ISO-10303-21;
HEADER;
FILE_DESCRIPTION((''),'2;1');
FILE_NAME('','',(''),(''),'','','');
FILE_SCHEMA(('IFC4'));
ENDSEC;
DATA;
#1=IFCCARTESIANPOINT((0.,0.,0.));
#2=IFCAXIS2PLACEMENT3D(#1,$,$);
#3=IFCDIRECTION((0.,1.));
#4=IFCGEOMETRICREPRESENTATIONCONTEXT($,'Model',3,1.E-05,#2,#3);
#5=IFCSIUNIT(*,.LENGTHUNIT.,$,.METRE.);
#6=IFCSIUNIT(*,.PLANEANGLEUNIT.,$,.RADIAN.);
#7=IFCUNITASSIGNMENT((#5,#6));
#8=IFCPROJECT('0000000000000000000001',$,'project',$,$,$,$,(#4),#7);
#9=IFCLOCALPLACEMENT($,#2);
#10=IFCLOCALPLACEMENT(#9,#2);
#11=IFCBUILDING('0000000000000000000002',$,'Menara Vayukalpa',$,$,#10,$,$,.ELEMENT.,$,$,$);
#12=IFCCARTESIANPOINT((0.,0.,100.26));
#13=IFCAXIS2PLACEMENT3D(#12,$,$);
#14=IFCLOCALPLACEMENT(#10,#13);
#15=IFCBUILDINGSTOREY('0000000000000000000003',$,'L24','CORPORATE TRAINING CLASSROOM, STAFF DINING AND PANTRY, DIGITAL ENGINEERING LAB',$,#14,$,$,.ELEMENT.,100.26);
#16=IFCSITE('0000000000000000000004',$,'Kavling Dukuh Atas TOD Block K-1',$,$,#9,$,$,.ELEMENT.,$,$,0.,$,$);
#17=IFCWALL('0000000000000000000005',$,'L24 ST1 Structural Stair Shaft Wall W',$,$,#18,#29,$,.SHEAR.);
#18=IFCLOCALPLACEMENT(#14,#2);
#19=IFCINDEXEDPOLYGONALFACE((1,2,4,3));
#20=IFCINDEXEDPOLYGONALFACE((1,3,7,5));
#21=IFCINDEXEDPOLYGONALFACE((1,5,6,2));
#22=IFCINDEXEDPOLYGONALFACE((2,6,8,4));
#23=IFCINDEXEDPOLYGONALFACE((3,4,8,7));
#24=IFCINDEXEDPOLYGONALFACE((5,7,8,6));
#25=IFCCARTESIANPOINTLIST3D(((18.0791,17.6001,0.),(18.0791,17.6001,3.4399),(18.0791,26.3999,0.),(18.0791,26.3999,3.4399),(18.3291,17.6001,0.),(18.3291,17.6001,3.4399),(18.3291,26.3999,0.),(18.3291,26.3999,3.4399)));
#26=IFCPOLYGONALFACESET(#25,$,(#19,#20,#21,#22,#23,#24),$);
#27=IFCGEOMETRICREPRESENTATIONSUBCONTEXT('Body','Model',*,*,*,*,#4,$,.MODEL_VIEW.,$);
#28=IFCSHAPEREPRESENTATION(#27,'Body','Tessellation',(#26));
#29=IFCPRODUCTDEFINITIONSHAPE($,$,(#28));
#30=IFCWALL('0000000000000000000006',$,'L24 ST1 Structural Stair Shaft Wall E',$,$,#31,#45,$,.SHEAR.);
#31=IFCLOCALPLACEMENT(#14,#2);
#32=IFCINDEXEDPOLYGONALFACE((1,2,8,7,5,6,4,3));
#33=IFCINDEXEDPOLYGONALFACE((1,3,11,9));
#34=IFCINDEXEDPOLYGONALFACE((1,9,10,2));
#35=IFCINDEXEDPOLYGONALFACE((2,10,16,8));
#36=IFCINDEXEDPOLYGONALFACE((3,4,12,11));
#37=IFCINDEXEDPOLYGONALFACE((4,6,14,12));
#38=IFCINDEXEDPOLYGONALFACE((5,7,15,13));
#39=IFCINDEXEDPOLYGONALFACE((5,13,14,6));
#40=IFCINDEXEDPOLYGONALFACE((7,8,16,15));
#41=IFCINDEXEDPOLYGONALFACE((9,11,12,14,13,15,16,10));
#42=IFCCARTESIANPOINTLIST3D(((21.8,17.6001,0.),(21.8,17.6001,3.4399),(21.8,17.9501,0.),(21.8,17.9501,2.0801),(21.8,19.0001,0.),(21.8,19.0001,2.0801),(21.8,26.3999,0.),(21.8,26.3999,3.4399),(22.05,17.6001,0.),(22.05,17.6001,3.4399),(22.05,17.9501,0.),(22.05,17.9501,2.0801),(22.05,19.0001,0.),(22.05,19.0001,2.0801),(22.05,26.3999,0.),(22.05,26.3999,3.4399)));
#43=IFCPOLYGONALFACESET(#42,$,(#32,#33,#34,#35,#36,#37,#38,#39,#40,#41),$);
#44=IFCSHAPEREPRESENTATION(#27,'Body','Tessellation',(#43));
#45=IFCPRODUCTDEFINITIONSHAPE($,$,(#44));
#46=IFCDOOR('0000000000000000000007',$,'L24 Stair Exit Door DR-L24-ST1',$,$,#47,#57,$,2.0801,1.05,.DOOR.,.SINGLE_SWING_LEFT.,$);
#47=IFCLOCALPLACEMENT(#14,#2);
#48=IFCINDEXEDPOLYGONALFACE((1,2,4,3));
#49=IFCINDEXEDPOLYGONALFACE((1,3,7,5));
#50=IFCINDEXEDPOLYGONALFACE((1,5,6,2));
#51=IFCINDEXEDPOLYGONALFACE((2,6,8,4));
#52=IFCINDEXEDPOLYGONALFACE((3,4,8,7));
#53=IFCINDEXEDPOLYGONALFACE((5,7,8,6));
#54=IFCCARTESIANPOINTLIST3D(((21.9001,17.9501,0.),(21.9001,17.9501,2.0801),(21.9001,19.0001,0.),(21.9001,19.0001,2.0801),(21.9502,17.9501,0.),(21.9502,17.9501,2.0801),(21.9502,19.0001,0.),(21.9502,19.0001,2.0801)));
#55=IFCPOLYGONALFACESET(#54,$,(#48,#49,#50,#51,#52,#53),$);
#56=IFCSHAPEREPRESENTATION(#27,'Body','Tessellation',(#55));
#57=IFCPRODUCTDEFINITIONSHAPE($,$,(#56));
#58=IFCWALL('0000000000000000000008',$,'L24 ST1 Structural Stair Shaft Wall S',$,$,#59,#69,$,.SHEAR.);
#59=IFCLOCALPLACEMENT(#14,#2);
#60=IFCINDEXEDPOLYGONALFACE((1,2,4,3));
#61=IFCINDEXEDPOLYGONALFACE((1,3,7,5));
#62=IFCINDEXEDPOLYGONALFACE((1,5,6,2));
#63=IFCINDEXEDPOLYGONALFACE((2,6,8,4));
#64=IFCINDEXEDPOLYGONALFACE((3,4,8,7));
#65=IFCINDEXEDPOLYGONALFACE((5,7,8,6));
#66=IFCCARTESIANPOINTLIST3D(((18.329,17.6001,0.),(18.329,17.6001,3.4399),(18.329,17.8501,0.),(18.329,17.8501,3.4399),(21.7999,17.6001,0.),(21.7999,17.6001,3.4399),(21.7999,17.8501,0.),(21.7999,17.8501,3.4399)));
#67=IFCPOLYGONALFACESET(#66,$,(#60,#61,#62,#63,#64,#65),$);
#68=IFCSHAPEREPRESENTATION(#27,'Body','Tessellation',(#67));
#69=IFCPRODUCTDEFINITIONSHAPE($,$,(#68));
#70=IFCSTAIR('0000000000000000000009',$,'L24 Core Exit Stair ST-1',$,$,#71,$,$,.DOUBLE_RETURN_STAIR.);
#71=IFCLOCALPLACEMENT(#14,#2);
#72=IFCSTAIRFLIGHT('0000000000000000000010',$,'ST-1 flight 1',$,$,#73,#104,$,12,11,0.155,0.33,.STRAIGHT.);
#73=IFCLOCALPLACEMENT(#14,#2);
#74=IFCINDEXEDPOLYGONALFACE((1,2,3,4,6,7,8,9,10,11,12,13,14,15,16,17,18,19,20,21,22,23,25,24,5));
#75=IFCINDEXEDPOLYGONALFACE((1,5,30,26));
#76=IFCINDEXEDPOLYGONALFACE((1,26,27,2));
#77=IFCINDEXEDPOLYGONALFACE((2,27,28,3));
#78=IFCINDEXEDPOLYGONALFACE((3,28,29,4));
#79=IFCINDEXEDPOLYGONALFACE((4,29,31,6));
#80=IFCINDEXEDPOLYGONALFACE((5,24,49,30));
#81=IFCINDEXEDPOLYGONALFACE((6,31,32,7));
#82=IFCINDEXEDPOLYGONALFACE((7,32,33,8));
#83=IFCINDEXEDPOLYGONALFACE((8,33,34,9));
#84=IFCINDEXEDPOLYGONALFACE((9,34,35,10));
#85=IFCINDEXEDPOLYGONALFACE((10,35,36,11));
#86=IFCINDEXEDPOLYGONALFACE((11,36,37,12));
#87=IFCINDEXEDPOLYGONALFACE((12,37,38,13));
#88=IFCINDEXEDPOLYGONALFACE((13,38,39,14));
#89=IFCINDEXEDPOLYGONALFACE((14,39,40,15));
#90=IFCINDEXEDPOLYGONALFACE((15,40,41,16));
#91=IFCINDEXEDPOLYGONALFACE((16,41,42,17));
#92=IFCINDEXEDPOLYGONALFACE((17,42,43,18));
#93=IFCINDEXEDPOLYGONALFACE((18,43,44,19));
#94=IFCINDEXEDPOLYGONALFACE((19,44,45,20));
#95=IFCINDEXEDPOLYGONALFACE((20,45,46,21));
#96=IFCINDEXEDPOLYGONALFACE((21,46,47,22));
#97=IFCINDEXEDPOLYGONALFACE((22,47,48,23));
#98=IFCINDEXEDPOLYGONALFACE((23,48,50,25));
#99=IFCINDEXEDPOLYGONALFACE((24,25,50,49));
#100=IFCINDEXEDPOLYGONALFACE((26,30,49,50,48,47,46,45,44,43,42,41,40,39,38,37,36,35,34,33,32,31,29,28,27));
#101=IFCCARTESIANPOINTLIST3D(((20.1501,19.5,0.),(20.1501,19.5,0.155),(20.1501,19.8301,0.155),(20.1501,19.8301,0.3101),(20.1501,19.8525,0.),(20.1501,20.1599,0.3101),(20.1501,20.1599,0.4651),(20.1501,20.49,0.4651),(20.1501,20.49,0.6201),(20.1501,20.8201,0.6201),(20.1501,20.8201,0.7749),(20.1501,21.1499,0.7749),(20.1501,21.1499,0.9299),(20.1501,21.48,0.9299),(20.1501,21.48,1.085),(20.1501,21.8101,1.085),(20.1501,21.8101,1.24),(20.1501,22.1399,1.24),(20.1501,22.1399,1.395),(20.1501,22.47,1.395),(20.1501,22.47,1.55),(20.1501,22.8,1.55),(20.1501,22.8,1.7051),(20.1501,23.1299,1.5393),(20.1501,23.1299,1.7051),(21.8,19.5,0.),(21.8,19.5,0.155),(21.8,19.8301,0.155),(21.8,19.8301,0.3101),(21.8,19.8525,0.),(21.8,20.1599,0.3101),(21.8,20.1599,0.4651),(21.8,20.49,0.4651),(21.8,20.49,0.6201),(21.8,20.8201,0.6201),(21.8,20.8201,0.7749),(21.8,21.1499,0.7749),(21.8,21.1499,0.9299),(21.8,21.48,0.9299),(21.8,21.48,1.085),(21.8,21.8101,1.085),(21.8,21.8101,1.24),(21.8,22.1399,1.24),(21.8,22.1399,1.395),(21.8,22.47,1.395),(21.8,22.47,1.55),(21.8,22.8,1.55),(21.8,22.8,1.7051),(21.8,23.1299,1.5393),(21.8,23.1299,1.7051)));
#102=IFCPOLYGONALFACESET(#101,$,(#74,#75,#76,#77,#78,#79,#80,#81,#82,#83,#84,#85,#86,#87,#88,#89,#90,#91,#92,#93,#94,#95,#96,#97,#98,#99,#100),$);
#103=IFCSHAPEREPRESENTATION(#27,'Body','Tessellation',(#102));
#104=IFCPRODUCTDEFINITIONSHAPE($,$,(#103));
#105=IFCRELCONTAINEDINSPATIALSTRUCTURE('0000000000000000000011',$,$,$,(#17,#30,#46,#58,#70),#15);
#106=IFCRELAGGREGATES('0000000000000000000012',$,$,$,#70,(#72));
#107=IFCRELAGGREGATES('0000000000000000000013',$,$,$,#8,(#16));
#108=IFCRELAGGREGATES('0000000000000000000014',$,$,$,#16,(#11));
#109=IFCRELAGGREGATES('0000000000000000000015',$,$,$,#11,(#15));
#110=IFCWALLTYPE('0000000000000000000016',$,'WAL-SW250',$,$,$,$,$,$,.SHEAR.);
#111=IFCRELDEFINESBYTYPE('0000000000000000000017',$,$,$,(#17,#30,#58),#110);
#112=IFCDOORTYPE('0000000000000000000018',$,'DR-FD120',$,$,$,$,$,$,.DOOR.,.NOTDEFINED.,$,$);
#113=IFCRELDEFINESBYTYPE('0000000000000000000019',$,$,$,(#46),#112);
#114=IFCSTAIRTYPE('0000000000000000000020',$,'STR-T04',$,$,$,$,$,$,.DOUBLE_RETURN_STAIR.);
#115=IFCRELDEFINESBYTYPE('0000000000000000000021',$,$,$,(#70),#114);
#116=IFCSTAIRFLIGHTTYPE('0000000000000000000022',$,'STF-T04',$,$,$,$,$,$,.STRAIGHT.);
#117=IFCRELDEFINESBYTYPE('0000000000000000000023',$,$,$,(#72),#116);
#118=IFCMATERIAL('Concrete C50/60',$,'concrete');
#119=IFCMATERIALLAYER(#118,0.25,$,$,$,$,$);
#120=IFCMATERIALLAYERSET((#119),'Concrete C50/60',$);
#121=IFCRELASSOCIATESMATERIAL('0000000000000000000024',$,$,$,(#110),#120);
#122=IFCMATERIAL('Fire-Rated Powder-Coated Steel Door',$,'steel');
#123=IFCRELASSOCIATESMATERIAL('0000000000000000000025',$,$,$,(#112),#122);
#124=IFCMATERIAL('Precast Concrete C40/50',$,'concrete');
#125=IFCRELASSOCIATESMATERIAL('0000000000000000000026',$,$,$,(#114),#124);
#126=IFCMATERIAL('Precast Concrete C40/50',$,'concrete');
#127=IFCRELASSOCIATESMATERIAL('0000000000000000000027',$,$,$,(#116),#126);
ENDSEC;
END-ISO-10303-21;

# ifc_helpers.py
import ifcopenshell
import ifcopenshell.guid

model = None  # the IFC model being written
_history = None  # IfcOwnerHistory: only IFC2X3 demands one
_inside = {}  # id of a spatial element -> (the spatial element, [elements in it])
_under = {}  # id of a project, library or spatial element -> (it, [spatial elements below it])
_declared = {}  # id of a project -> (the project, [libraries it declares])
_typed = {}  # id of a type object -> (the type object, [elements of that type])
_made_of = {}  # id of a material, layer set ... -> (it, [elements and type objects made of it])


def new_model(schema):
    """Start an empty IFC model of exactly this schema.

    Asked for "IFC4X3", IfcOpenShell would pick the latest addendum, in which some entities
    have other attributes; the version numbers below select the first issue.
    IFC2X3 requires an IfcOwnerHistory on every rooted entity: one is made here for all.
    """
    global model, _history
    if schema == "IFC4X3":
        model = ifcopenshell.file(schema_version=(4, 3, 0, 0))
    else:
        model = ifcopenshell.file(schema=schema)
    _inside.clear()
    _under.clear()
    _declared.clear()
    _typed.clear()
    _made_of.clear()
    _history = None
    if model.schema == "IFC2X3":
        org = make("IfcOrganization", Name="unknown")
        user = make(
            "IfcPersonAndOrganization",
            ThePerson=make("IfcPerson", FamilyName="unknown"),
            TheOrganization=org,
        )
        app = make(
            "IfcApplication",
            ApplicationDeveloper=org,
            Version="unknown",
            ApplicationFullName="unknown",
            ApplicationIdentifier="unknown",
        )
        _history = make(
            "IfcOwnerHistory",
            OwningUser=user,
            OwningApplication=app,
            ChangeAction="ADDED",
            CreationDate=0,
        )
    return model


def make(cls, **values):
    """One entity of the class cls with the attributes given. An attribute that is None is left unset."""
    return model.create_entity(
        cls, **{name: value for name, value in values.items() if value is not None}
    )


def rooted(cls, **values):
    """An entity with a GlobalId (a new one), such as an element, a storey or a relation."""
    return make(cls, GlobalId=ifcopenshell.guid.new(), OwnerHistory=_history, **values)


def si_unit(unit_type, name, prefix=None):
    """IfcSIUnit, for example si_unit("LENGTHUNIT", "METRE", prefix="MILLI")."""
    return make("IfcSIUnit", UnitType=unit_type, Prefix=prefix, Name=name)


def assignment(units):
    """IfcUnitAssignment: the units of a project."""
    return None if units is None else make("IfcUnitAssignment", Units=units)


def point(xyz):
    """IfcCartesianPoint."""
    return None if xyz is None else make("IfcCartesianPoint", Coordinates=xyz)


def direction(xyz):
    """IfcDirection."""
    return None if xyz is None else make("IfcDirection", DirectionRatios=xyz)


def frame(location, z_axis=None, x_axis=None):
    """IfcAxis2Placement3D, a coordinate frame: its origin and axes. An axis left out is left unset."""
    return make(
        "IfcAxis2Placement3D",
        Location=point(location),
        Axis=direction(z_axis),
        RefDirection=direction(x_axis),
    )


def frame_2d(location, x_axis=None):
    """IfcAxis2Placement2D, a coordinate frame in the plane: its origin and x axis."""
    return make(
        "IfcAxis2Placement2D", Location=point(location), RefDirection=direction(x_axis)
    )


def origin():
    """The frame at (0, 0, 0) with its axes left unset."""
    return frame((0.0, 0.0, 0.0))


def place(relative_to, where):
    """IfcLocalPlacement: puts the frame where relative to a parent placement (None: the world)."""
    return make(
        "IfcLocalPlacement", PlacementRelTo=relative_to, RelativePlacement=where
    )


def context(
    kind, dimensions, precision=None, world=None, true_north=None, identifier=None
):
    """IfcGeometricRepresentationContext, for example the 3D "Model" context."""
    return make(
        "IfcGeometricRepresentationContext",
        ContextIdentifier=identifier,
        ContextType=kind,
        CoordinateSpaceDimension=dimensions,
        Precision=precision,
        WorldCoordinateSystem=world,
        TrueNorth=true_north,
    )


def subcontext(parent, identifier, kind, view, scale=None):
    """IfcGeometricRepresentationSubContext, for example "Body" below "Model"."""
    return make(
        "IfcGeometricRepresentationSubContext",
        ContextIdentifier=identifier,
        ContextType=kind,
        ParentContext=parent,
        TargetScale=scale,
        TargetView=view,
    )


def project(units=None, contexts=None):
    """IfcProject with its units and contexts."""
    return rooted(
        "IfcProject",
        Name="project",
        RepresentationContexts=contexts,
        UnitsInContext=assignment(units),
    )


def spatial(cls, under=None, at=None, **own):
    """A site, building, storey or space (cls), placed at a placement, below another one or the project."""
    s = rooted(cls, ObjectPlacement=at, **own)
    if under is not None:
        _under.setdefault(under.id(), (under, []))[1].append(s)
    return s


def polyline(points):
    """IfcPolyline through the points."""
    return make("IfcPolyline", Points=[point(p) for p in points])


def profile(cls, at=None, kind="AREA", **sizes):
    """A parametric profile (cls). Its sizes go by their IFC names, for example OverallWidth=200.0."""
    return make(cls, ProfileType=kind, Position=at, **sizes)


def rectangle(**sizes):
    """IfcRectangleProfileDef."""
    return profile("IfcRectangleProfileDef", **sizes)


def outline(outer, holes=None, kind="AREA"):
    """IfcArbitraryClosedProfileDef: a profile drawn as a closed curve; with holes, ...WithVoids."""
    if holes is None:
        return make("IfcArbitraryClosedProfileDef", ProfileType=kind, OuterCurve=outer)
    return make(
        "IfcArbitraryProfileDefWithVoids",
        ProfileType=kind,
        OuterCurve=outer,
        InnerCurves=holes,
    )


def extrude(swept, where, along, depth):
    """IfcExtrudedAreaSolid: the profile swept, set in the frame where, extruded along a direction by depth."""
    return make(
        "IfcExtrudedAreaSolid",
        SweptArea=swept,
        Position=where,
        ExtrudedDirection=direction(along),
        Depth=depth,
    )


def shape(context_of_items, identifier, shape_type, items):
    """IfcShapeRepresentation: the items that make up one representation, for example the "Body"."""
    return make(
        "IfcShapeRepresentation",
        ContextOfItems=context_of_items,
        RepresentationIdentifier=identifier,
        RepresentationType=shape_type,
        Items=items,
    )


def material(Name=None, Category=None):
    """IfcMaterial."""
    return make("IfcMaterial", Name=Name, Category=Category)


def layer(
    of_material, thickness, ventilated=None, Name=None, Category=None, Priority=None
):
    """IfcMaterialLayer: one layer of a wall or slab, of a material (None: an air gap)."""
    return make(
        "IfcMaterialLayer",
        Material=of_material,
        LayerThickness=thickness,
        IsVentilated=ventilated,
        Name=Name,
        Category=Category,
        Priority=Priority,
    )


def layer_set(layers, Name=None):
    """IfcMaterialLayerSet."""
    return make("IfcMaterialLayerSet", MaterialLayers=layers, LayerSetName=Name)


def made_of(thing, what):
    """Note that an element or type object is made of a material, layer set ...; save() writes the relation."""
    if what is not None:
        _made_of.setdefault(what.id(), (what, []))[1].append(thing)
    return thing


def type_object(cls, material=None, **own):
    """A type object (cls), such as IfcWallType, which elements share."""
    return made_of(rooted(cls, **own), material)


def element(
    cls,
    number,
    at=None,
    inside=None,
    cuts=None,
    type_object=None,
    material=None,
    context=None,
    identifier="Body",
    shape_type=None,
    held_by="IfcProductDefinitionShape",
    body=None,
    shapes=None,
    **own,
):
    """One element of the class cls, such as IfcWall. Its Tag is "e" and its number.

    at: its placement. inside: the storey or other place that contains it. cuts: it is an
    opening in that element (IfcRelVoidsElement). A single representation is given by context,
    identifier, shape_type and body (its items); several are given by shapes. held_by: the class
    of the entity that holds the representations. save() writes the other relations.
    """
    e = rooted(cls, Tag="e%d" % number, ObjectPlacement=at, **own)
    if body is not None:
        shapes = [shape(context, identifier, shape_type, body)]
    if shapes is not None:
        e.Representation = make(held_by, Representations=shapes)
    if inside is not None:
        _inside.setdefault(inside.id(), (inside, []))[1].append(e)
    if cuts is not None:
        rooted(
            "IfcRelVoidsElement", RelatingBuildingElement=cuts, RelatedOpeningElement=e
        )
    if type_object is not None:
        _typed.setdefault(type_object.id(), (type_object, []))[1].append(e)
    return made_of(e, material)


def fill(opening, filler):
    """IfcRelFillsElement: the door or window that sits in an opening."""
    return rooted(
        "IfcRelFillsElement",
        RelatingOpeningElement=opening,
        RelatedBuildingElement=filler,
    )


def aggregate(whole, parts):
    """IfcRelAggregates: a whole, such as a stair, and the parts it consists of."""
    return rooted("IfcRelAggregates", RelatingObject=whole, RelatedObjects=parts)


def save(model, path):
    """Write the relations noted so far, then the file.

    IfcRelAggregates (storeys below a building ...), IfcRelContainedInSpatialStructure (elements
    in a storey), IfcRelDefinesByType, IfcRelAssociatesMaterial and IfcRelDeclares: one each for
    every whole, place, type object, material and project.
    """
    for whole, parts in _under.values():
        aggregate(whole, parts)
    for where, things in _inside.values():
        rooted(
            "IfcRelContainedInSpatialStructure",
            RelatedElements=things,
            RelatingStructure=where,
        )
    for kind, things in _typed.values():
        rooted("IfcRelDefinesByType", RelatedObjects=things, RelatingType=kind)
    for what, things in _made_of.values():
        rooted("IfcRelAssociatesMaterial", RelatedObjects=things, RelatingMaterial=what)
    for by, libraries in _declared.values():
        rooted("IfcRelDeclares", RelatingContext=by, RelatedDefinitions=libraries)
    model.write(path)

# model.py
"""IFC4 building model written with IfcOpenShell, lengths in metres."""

from ifc_helpers import new_model, si_unit, direction, frame, frame_2d, origin, place, context, subcontext, project, spatial, polyline, rectangle, outline, extrude, material, layer, layer_set, type_object, element, fill, aggregate, save


model = new_model("IFC4")

# Units and contexts
model_context = context("Model", 3, precision=1e-05, world=origin(), true_north=direction((0.0, 1.0)))
body_context = subcontext(model_context, "Body", "Model", "MODEL_VIEW")
ifc_project = project(units=[si_unit("LENGTHUNIT", "METRE"), si_unit("PLANEANGLEUNIT", "RADIAN")], contexts=[model_context])

# Site, building, storey
site_placement = place(None, origin())
site = spatial("IfcSite", under=ifc_project, at=site_placement, Name="Kavling Dukuh Atas TOD Block K-1", CompositionType="ELEMENT", RefElevation=0.0)
building_placement = place(site_placement, origin())
building = spatial("IfcBuilding", under=site, at=building_placement, Name="Menara Vayukalpa", CompositionType="ELEMENT")
storey_placement = place(building_placement, frame((0.0, 0.0, 100.26)))
storey = spatial("IfcBuildingStorey", under=building, at=storey_placement, Name="L24", Description="CORPORATE TRAINING CLASSROOM, STAFF DINING AND PANTRY, DIGITAL ENGINEERING LAB", CompositionType="ELEMENT", Elevation=100.26)

# Wall
ifc_material_1 = material(Name="Concrete C50/60", Category="concrete")
ifc_layer_1 = layer(ifc_material_1, 0.25)
ifc_layer_set_1 = layer_set([ifc_layer_1], Name="Concrete C50/60")
wall_type_1 = type_object("IfcWallType", Name="WAL-SW250", PredefinedType="SHEAR", material=ifc_layer_set_1)
wall_1_placement = place(storey_placement, frame((18.2041, 17.6001, 0.0), z_axis=(0.0, 0.0, 1.0), x_axis=(0.0, 1.0, 0.0)))
element("IfcWall", 1, at=wall_1_placement, inside=storey, type_object=wall_type_1, Name="L24 ST1 Structural Stair Shaft Wall W", PredefinedType="SHEAR", context=body_context, shape_type="SweptSolid", body=[
    extrude(rectangle(XDim=8.7998, YDim=0.25, at=frame_2d((4.3999, 0.0))), origin(), (0.0, 0.0, 1.0), 3.4399),
])

# Wall, opening, door
wall_2_placement = place(storey_placement, frame((21.925, 17.6001, 0.0), z_axis=(0.0, 0.0, 1.0), x_axis=(0.0, 1.0, 0.0)))
wall_2 = element("IfcWall", 2, at=wall_2_placement, inside=storey, type_object=wall_type_1, Name="L24 ST1 Structural Stair Shaft Wall E", PredefinedType="SHEAR", context=body_context, shape_type="SweptSolid", body=[
    extrude(rectangle(XDim=8.7998, YDim=0.25, at=frame_2d((4.3999, 0.0))), origin(), (0.0, 0.0, 1.0), 3.4399),
])
opening_1_placement = place(wall_2_placement, frame((0.3501, 0.0, 0.0)))
opening_1 = element("IfcOpeningElement", 3, at=opening_1_placement, cuts=wall_2, PredefinedType="OPENING", context=body_context, shape_type="SweptSolid", body=[
    extrude(rectangle(XDim=1.05, YDim=2.0801, at=frame_2d((0.5249, 1.04))), frame((0.0, 0.135, 0.0), z_axis=(0.0, -1.0, 0.0), x_axis=(1.0, 0.0, 0.0)), (0.0, 0.0, 1.0), 0.27),
])
ifc_material_2 = material(Name="Fire-Rated Powder-Coated Steel Door", Category="steel")
door_type_1 = type_object("IfcDoorType", Name="DR-FD120", OperationType="NOTDEFINED", PredefinedType="DOOR", material=ifc_material_2)
door_1_placement = place(opening_1_placement, origin())
door_1 = element("IfcDoor", 4, at=door_1_placement, inside=storey, type_object=door_type_1, Name="L24 Stair Exit Door DR-L24-ST1", OperationType="SINGLE_SWING_LEFT", OverallHeight=2.0801, OverallWidth=1.05, PredefinedType="DOOR", context=body_context, shape_type="SweptSolid", body=[
    extrude(rectangle(XDim=1.05, YDim=2.0801, at=frame_2d((0.5249, 1.04))), frame((0.0, 0.0249, 0.0), z_axis=(0.0, -1.0, 0.0), x_axis=(1.0, 0.0, 0.0)), (0.0, 0.0, 1.0), 0.05),
])
fill(opening_1, door_1)

# Wall
wall_3_placement = place(storey_placement, frame((18.3291, 17.7251, 0.0), z_axis=(0.0, 0.0, 1.0), x_axis=(1.0, 0.0, 0.0)))
element("IfcWall", 5, at=wall_3_placement, inside=storey, type_object=wall_type_1, Name="L24 ST1 Structural Stair Shaft Wall S", PredefinedType="SHEAR", context=body_context, shape_type="SweptSolid", body=[
    extrude(rectangle(XDim=3.4709, YDim=0.25, at=frame_2d((1.7354, 0.0))), origin(), (0.0, 0.0, 1.0), 3.4399),
])

# Stair, stair flight
ifc_material_3 = material(Name="Precast Concrete C40/50", Category="concrete")
stair_type = type_object("IfcStairType", Name="STR-T04", PredefinedType="DOUBLE_RETURN_STAIR", material=ifc_material_3)
stair_placement = place(storey_placement, origin())
stair = element("IfcStair", 6, at=stair_placement, inside=storey, type_object=stair_type, Name="L24 Core Exit Stair ST-1", PredefinedType="DOUBLE_RETURN_STAIR")
ifc_material_4 = material(Name="Precast Concrete C40/50", Category="concrete")
stair_flight_type = type_object("IfcStairFlightType", Name="STF-T04", PredefinedType="STRAIGHT", material=ifc_material_4)
stair_flight_placement = place(storey_placement, frame((20.9751, 19.5, 0.0), z_axis=(0.0, 0.0, 1.0), x_axis=(0.0, 1.0, 0.0)))
stair_flight = element("IfcStairFlight", 7, at=stair_flight_placement, type_object=stair_flight_type, Name="ST-1 flight 1", NumberOfRisers=12, NumberOfTreads=11, PredefinedType="STRAIGHT", RiserHeight=0.155, TreadLength=0.33, context=body_context, shape_type="SweptSolid", body=[
    extrude(outline(polyline([(0.0, 0.0), (0.0, 0.155), (0.3301, 0.155), (0.3301, 0.3101), (0.6599, 0.3101), (0.6599, 0.4651), (0.99, 0.4651), (0.99, 0.6201), (1.3201, 0.6201), (1.3201, 0.7749), (1.6499, 0.7749), (1.6499, 0.9299), (1.98, 0.9299), (1.98, 1.085), (2.3101, 1.085), (2.3101, 1.24), (2.6399, 1.24), (2.6399, 1.395), (2.97, 1.395), (2.97, 1.55), (3.3, 1.55), (3.3, 1.7051), (3.6299, 1.7051), (3.6299, 1.8601), (3.6299, 1.5393), (0.3525, 0.0), (0.0, 0.0)])), frame((0.0, 0.825, 0.0), z_axis=(0.0, -1.0, 0.0), x_axis=(1.0, 0.0, 0.0)), (0.0, 0.0, 1.0), 1.6499),
])
aggregate(stair, [stair_flight])

save(model, "model.ifc")
